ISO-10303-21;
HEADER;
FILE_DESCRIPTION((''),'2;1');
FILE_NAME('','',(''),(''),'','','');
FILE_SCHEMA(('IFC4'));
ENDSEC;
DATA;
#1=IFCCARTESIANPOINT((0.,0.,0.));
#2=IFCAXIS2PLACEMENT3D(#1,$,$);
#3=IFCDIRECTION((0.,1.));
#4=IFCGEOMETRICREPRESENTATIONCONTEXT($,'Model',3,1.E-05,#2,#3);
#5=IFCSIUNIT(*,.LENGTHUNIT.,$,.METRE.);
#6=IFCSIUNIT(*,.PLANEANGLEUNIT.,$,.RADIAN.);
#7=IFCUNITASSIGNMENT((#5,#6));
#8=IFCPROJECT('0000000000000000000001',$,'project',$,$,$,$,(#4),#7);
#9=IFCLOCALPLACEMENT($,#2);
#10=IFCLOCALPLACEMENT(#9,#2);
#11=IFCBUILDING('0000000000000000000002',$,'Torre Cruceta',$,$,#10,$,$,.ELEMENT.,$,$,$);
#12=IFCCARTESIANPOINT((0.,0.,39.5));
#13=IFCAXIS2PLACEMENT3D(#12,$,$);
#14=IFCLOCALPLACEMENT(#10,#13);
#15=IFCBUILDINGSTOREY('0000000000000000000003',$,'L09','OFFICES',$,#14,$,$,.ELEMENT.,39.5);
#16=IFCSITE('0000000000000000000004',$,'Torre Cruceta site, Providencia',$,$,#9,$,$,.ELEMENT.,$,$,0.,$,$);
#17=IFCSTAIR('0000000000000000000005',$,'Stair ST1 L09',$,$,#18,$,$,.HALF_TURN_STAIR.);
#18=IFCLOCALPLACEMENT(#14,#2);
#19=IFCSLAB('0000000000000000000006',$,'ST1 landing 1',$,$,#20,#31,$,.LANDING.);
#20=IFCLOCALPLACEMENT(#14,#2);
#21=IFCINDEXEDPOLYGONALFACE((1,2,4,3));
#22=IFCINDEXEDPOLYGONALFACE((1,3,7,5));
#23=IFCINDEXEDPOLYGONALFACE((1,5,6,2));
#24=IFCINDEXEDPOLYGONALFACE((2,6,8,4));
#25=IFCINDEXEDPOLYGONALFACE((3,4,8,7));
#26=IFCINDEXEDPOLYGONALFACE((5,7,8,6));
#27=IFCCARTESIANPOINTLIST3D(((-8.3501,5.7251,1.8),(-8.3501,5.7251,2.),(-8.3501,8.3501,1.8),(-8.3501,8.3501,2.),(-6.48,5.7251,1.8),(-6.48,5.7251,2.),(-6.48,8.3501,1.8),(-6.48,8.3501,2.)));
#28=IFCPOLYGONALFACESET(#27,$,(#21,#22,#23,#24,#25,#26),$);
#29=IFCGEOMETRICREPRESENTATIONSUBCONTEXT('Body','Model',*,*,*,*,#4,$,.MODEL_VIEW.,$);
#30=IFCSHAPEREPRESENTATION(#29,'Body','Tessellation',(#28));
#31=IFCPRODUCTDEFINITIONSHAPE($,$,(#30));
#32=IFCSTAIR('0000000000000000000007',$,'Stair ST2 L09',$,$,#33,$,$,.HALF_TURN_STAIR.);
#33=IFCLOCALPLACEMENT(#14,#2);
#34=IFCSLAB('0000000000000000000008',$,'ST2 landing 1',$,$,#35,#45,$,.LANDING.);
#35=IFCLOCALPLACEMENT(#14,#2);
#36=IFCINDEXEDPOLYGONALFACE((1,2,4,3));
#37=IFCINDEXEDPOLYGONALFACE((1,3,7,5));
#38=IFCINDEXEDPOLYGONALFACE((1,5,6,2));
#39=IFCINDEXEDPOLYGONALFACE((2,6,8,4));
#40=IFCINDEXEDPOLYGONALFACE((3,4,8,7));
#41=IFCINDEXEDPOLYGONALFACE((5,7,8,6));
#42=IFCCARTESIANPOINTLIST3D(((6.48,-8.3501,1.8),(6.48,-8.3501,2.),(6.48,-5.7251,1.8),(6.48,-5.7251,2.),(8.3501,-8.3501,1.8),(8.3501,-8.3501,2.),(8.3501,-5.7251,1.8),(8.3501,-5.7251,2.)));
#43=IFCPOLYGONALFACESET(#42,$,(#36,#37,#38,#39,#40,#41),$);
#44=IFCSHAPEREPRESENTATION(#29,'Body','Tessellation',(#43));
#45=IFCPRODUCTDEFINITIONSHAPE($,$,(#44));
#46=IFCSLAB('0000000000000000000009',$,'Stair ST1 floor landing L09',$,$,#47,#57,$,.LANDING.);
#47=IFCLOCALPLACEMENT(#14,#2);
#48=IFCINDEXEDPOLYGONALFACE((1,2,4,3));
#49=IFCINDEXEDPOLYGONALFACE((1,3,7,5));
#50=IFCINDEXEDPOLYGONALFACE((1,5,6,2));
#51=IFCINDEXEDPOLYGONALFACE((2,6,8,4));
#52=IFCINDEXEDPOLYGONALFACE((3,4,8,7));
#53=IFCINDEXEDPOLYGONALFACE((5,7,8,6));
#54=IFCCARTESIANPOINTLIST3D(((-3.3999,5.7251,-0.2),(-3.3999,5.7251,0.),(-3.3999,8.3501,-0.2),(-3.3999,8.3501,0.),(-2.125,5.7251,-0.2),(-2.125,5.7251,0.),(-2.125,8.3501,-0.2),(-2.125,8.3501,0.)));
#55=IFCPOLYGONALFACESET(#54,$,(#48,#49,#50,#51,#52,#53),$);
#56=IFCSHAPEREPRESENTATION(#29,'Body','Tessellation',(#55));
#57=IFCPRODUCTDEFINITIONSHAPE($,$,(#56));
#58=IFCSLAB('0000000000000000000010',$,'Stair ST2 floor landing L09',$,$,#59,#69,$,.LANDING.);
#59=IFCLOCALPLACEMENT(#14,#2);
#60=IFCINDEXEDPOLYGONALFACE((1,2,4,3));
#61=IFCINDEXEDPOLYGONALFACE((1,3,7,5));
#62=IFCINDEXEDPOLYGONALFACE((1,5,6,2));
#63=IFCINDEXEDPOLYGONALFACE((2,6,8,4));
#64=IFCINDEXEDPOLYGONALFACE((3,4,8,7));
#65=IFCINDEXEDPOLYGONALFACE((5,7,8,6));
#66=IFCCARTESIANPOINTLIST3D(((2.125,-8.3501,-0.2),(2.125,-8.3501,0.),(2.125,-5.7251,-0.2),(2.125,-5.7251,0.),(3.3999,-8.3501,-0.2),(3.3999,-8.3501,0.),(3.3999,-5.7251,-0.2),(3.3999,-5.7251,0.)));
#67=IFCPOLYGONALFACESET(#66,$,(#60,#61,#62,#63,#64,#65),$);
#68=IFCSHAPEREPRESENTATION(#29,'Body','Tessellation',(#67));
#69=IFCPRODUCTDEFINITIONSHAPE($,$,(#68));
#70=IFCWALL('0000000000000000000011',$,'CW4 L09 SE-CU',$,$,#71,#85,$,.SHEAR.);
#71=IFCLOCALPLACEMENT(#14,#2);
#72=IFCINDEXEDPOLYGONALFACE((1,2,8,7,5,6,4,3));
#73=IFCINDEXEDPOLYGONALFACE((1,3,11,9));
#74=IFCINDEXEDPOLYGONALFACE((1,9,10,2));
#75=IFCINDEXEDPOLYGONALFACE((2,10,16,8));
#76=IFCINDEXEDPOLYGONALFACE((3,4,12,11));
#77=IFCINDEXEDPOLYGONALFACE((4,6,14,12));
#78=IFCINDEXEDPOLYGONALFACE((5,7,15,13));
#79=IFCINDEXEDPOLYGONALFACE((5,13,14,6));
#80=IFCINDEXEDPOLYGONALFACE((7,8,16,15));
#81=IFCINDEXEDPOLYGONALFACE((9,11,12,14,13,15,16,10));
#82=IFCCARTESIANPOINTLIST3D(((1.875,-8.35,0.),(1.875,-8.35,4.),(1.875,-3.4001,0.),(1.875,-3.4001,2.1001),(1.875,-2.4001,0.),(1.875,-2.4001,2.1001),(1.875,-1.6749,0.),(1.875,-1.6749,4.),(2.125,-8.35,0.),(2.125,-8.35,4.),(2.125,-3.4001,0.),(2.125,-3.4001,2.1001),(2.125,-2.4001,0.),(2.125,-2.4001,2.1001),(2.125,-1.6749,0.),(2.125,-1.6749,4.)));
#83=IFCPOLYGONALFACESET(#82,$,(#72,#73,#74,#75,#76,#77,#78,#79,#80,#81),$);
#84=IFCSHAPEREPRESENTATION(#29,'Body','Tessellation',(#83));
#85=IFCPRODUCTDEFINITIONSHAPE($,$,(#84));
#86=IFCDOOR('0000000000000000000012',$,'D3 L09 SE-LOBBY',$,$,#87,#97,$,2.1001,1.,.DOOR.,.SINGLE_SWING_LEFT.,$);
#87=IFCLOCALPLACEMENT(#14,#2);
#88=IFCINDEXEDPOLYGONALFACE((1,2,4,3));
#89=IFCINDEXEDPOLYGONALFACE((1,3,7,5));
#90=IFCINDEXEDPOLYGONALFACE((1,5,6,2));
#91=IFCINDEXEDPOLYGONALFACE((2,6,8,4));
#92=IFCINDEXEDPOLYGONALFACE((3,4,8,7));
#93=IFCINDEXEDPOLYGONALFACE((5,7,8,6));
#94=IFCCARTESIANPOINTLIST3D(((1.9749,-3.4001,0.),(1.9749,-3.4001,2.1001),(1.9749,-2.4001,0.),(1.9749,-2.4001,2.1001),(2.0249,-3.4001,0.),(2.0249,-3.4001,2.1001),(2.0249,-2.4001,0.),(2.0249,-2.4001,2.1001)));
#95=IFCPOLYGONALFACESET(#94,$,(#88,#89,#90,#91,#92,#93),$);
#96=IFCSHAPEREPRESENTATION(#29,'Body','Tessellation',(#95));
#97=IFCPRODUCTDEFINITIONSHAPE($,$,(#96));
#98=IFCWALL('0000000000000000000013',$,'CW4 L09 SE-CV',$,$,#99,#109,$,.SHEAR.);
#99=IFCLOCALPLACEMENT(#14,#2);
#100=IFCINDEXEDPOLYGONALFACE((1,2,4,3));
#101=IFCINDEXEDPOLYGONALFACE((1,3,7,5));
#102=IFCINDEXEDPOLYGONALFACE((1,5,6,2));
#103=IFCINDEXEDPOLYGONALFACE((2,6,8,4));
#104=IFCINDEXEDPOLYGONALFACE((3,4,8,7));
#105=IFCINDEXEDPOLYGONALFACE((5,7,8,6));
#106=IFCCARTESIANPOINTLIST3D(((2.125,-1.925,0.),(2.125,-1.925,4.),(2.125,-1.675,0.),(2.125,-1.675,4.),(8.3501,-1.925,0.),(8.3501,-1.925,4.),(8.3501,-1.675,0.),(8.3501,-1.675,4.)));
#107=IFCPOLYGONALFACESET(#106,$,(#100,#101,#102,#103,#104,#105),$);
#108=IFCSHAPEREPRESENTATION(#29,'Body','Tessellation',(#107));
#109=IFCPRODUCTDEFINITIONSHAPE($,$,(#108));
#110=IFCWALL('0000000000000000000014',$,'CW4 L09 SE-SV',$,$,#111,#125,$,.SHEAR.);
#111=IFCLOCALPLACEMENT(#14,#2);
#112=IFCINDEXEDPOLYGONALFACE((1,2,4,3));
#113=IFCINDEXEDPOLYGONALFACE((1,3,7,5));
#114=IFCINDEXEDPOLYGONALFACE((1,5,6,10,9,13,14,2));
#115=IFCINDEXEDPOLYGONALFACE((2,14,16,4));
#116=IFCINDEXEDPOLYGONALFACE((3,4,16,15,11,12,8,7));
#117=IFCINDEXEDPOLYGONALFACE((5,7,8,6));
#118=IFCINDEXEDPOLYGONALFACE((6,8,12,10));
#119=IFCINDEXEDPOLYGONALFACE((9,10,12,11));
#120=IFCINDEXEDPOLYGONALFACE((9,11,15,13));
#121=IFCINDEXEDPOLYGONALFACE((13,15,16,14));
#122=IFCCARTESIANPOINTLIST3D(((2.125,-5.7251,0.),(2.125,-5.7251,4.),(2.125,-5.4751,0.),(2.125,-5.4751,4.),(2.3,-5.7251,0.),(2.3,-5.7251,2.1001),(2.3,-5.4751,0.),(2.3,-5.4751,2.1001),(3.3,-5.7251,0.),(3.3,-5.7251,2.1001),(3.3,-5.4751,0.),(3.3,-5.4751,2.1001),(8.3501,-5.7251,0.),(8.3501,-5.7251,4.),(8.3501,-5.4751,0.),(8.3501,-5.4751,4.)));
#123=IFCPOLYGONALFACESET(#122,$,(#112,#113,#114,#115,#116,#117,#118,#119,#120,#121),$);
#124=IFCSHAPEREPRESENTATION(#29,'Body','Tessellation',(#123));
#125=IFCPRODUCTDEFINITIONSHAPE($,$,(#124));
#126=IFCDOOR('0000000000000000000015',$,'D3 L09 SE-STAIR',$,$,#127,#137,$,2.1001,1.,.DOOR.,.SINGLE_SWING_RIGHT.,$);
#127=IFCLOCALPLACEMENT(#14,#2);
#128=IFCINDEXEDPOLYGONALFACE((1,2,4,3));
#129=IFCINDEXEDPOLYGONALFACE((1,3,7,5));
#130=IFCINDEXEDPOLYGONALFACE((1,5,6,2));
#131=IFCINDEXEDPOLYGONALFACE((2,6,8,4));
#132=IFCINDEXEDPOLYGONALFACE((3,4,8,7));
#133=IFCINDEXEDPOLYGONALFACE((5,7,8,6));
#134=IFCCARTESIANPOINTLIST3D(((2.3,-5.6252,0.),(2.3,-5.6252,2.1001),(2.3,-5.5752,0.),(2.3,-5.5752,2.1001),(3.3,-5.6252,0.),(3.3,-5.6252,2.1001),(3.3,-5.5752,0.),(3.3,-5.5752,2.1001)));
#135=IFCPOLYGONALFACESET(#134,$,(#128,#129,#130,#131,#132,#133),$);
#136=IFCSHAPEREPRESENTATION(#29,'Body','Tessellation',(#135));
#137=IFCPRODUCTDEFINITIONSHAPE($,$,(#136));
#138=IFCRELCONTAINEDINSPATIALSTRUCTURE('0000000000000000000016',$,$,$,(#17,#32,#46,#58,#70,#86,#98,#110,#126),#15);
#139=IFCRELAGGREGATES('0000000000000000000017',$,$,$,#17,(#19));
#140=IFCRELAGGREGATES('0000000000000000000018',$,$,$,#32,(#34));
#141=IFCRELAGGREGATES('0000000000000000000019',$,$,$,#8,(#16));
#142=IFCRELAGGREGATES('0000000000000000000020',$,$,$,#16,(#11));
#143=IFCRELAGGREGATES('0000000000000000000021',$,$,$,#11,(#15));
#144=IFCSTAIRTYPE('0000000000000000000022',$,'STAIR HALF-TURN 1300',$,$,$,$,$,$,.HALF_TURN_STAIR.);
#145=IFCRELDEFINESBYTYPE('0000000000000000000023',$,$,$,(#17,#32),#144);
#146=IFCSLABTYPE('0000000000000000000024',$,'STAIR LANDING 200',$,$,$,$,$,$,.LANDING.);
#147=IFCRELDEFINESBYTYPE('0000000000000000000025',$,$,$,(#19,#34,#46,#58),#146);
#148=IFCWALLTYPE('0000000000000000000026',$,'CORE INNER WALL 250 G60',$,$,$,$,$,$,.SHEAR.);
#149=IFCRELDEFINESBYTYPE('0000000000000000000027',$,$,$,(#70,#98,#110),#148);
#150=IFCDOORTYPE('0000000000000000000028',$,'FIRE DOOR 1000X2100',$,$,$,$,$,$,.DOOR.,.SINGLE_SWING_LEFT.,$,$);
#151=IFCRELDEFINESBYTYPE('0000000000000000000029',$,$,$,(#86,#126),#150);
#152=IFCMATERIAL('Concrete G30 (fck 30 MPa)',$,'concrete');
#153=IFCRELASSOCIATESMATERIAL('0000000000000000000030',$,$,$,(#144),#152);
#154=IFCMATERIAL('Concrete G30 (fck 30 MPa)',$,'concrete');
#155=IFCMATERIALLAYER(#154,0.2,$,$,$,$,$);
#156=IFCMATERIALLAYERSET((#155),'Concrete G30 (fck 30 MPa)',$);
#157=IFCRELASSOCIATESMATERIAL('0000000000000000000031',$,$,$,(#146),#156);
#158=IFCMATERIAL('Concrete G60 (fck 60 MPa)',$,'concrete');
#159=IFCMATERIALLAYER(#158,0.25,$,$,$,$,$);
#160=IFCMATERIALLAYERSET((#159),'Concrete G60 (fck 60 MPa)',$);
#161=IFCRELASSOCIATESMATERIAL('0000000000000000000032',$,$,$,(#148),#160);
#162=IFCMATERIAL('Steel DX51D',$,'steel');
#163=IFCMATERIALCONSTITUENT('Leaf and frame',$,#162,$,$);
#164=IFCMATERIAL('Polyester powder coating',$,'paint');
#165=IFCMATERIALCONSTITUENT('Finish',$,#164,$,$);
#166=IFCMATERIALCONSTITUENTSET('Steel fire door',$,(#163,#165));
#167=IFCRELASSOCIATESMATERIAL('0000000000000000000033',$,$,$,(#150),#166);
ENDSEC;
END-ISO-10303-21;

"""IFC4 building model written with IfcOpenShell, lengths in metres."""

from ifc_helpers import new_model, si_unit, direction, frame, frame_2d, origin, place, context, subcontext, project, spatial, polyline, rectangle, outline, extrude, material, layer, layer_set, constituent, constituent_set, type_object, element, fill, aggregate, save


model = new_model("IFC4")

# Units and contexts
model_context = context("Model", 3, precision=1e-05, world=origin(), true_north=direction((0.0, 1.0)))
body_context = subcontext(model_context, "Body", "Model", "MODEL_VIEW")
ifc_project = project(units=[si_unit("LENGTHUNIT", "METRE"), si_unit("PLANEANGLEUNIT", "RADIAN")], contexts=[model_context])

# Site, building, storey
site_placement = place(None, origin())
site = spatial("IfcSite", under=ifc_project, at=site_placement, Name="Torre Cruceta site, Providencia", CompositionType="ELEMENT", RefElevation=0.0)
building_placement = place(site_placement, origin())
building = spatial("IfcBuilding", under=site, at=building_placement, Name="Torre Cruceta", CompositionType="ELEMENT")
storey_placement = place(building_placement, frame((0.0, 0.0, 39.5)))
storey = spatial("IfcBuildingStorey", under=building, at=storey_placement, Name="L09", Description="OFFICES", CompositionType="ELEMENT", Elevation=39.5)

# Stairs, slabs
ifc_material_1 = material(Name="Concrete G30 (fck 30 MPa)", Category="concrete")
stair_type = type_object("IfcStairType", Name="STAIR HALF-TURN 1300", PredefinedType="HALF_TURN_STAIR", material=ifc_material_1)
stair_1_placement = place(storey_placement, origin())
stair_1 = element("IfcStair", 1, at=stair_1_placement, inside=storey, type_object=stair_type, Name="Stair ST1 L09", PredefinedType="HALF_TURN_STAIR")
ifc_material_2 = material(Name="Concrete G30 (fck 30 MPa)", Category="concrete")
ifc_layer_1 = layer(ifc_material_2, 0.2)
ifc_layer_set_1 = layer_set([ifc_layer_1], Name="Concrete G30 (fck 30 MPa)")
slab_type_1 = type_object("IfcSlabType", Name="STAIR LANDING 200", PredefinedType="LANDING", material=ifc_layer_set_1)
slab_1_placement = place(storey_placement, frame((0.0, 0.0, 1.8)))
slab_1 = element("IfcSlab", 2, at=slab_1_placement, type_object=slab_type_1, Name="ST1 landing 1", PredefinedType="LANDING", context=body_context, shape_type="SweptSolid", body=[
    extrude(outline(polyline([(-8.3501, 5.7251), (-6.48, 5.7251), (-6.48, 8.3501), (-8.3501, 8.3501), (-8.3501, 5.7251)])), origin(), (0.0, 0.0, 1.0), 0.2),
])
aggregate(stair_1, [slab_1])
stair_2_placement = place(storey_placement, origin())
stair_2 = element("IfcStair", 3, at=stair_2_placement, inside=storey, type_object=stair_type, Name="Stair ST2 L09", PredefinedType="HALF_TURN_STAIR")
slab_2_placement = place(storey_placement, frame((0.0, 0.0, 1.8)))
slab_2 = element("IfcSlab", 4, at=slab_2_placement, type_object=slab_type_1, Name="ST2 landing 1", PredefinedType="LANDING", context=body_context, shape_type="SweptSolid", body=[
    extrude(outline(polyline([(6.48, -8.3501), (8.3501, -8.3501), (8.3501, -5.7251), (6.48, -5.7251), (6.48, -8.3501)])), origin(), (0.0, 0.0, 1.0), 0.2),
])

# Slabs
slab_3_placement = place(storey_placement, frame((0.0, 0.0, -0.2)))
element("IfcSlab", 5, at=slab_3_placement, inside=storey, type_object=slab_type_1, Name="Stair ST1 floor landing L09", PredefinedType="LANDING", context=body_context, shape_type="SweptSolid", body=[
    extrude(outline(polyline([(-2.125, 8.3501), (-2.125, 5.7251), (-3.3999, 5.7251), (-3.3999, 8.3501), (-2.125, 8.3501)])), origin(), (0.0, 0.0, 1.0), 0.2),
])
slab_4_placement = place(storey_placement, frame((0.0, 0.0, -0.2)))
element("IfcSlab", 6, at=slab_4_placement, inside=storey, type_object=slab_type_1, Name="Stair ST2 floor landing L09", PredefinedType="LANDING", context=body_context, shape_type="SweptSolid", body=[
    extrude(outline(polyline([(2.125, -8.3501), (2.125, -5.7251), (3.3999, -5.7251), (3.3999, -8.3501), (2.125, -8.3501)])), origin(), (0.0, 0.0, 1.0), 0.2),
])

# Wall, opening, door
ifc_material_3 = material(Name="Concrete G60 (fck 60 MPa)", Category="concrete")
ifc_layer_2 = layer(ifc_material_3, 0.25)
ifc_layer_set_2 = layer_set([ifc_layer_2], Name="Concrete G60 (fck 60 MPa)")
wall_type_1 = type_object("IfcWallType", Name="CORE INNER WALL 250 G60", PredefinedType="SHEAR", material=ifc_layer_set_2)
wall_1_placement = place(storey_placement, frame((2.0, -1.675, 0.0), z_axis=(0.0, 0.0, 1.0), x_axis=(0.0, -1.0, 0.0)))
wall_1 = element("IfcWall", 7, at=wall_1_placement, inside=storey, type_object=wall_type_1, Name="CW4 L09 SE-CU", PredefinedType="SHEAR", context=body_context, shape_type="SweptSolid", body=[
    extrude(rectangle(XDim=6.675, YDim=0.25, at=frame_2d((3.3374, 0.0))), origin(), (0.0, 0.0, 1.0), 4.0),
])
opening_1_placement = place(wall_1_placement, frame((0.7251, 0.0, 0.0)))
opening_1 = element("IfcOpeningElement", 8, at=opening_1_placement, cuts=wall_1, PredefinedType="OPENING", context=body_context, shape_type="SweptSolid", body=[
    extrude(rectangle(XDim=1.0, YDim=2.1001, at=frame_2d((0.5, 1.05))), frame((0.0, 0.135, 0.0), z_axis=(0.0, -1.0, 0.0), x_axis=(1.0, 0.0, 0.0)), (0.0, 0.0, 1.0), 0.27),
])
ifc_material_4 = material(Name="Steel DX51D", Category="steel")
ifc_constituent_1 = constituent(ifc_material_4, Name="Leaf and frame")
ifc_material_5 = material(Name="Polyester powder coating", Category="paint")
ifc_constituent_2 = constituent(ifc_material_5, Name="Finish")
ifc_constituent_set_1 = constituent_set(constituents=[ifc_constituent_1, ifc_constituent_2], Name="Steel fire door")
door_type_1 = type_object("IfcDoorType", Name="FIRE DOOR 1000X2100", OperationType="SINGLE_SWING_LEFT", PredefinedType="DOOR", material=ifc_constituent_set_1)
door_1_placement = place(opening_1_placement, origin())
door_1 = element("IfcDoor", 9, at=door_1_placement, inside=storey, type_object=door_type_1, Name="D3 L09 SE-LOBBY", OperationType="SINGLE_SWING_LEFT", OverallHeight=2.1001, OverallWidth=1.0, PredefinedType="DOOR", context=body_context, shape_type="SweptSolid", body=[
    extrude(rectangle(XDim=1.0, YDim=2.1001, at=frame_2d((0.5, 1.05))), frame((0.0, 0.0249, 0.0), z_axis=(0.0, -1.0, 0.0), x_axis=(1.0, 0.0, 0.0)), (0.0, 0.0, 1.0), 0.05),
])
fill(opening_1, door_1)

# Wall
wall_2_placement = place(storey_placement, frame((2.125, -1.8, 0.0), z_axis=(0.0, 0.0, 1.0), x_axis=(1.0, 0.0, 0.0)))
element("IfcWall", 10, at=wall_2_placement, inside=storey, type_object=wall_type_1, Name="CW4 L09 SE-CV", PredefinedType="SHEAR", context=body_context, shape_type="SweptSolid", body=[
    extrude(rectangle(XDim=6.2251, YDim=0.25, at=frame_2d((3.1125, 0.0))), origin(), (0.0, 0.0, 1.0), 4.0),
])

# Wall, opening, door
wall_3_placement = place(storey_placement, frame((2.125, -5.6001, 0.0), z_axis=(0.0, 0.0, 1.0), x_axis=(1.0, 0.0, 0.0)))
wall_3 = element("IfcWall", 11, at=wall_3_placement, inside=storey, type_object=wall_type_1, Name="CW4 L09 SE-SV", PredefinedType="SHEAR", context=body_context, shape_type="SweptSolid", body=[
    extrude(rectangle(XDim=6.2251, YDim=0.25, at=frame_2d((3.1125, 0.0))), origin(), (0.0, 0.0, 1.0), 4.0),
])
opening_2_placement = place(wall_3_placement, frame((0.175, 0.0, 0.0)))
opening_2 = element("IfcOpeningElement", 12, at=opening_2_placement, cuts=wall_3, PredefinedType="OPENING", context=body_context, shape_type="SweptSolid", body=[
    extrude(rectangle(XDim=1.0, YDim=2.1001, at=frame_2d((0.5, 1.05))), frame((0.0, 0.135, 0.0), z_axis=(0.0, -1.0, 0.0), x_axis=(1.0, 0.0, 0.0)), (0.0, 0.0, 1.0), 0.27),
])
door_2_placement = place(opening_2_placement, frame((1.0, 0.0, 0.0), z_axis=(0.0, 0.0, 1.0), x_axis=(-1.0, 0.0, 0.0)))
door_2 = element("IfcDoor", 13, at=door_2_placement, inside=storey, type_object=door_type_1, Name="D3 L09 SE-STAIR", OperationType="SINGLE_SWING_RIGHT", OverallHeight=2.1001, OverallWidth=1.0, PredefinedType="DOOR", context=body_context, shape_type="SweptSolid", body=[
    extrude(rectangle(XDim=1.0, YDim=2.1001, at=frame_2d((0.5, 1.05))), frame((0.0, 0.0251, 0.0), z_axis=(0.0, -1.0, 0.0), x_axis=(1.0, 0.0, 0.0)), (0.0, 0.0, 1.0), 0.05),
])
fill(opening_2, door_2)

aggregate(stair_2, [slab_2])

save(model, "model.ifc")
